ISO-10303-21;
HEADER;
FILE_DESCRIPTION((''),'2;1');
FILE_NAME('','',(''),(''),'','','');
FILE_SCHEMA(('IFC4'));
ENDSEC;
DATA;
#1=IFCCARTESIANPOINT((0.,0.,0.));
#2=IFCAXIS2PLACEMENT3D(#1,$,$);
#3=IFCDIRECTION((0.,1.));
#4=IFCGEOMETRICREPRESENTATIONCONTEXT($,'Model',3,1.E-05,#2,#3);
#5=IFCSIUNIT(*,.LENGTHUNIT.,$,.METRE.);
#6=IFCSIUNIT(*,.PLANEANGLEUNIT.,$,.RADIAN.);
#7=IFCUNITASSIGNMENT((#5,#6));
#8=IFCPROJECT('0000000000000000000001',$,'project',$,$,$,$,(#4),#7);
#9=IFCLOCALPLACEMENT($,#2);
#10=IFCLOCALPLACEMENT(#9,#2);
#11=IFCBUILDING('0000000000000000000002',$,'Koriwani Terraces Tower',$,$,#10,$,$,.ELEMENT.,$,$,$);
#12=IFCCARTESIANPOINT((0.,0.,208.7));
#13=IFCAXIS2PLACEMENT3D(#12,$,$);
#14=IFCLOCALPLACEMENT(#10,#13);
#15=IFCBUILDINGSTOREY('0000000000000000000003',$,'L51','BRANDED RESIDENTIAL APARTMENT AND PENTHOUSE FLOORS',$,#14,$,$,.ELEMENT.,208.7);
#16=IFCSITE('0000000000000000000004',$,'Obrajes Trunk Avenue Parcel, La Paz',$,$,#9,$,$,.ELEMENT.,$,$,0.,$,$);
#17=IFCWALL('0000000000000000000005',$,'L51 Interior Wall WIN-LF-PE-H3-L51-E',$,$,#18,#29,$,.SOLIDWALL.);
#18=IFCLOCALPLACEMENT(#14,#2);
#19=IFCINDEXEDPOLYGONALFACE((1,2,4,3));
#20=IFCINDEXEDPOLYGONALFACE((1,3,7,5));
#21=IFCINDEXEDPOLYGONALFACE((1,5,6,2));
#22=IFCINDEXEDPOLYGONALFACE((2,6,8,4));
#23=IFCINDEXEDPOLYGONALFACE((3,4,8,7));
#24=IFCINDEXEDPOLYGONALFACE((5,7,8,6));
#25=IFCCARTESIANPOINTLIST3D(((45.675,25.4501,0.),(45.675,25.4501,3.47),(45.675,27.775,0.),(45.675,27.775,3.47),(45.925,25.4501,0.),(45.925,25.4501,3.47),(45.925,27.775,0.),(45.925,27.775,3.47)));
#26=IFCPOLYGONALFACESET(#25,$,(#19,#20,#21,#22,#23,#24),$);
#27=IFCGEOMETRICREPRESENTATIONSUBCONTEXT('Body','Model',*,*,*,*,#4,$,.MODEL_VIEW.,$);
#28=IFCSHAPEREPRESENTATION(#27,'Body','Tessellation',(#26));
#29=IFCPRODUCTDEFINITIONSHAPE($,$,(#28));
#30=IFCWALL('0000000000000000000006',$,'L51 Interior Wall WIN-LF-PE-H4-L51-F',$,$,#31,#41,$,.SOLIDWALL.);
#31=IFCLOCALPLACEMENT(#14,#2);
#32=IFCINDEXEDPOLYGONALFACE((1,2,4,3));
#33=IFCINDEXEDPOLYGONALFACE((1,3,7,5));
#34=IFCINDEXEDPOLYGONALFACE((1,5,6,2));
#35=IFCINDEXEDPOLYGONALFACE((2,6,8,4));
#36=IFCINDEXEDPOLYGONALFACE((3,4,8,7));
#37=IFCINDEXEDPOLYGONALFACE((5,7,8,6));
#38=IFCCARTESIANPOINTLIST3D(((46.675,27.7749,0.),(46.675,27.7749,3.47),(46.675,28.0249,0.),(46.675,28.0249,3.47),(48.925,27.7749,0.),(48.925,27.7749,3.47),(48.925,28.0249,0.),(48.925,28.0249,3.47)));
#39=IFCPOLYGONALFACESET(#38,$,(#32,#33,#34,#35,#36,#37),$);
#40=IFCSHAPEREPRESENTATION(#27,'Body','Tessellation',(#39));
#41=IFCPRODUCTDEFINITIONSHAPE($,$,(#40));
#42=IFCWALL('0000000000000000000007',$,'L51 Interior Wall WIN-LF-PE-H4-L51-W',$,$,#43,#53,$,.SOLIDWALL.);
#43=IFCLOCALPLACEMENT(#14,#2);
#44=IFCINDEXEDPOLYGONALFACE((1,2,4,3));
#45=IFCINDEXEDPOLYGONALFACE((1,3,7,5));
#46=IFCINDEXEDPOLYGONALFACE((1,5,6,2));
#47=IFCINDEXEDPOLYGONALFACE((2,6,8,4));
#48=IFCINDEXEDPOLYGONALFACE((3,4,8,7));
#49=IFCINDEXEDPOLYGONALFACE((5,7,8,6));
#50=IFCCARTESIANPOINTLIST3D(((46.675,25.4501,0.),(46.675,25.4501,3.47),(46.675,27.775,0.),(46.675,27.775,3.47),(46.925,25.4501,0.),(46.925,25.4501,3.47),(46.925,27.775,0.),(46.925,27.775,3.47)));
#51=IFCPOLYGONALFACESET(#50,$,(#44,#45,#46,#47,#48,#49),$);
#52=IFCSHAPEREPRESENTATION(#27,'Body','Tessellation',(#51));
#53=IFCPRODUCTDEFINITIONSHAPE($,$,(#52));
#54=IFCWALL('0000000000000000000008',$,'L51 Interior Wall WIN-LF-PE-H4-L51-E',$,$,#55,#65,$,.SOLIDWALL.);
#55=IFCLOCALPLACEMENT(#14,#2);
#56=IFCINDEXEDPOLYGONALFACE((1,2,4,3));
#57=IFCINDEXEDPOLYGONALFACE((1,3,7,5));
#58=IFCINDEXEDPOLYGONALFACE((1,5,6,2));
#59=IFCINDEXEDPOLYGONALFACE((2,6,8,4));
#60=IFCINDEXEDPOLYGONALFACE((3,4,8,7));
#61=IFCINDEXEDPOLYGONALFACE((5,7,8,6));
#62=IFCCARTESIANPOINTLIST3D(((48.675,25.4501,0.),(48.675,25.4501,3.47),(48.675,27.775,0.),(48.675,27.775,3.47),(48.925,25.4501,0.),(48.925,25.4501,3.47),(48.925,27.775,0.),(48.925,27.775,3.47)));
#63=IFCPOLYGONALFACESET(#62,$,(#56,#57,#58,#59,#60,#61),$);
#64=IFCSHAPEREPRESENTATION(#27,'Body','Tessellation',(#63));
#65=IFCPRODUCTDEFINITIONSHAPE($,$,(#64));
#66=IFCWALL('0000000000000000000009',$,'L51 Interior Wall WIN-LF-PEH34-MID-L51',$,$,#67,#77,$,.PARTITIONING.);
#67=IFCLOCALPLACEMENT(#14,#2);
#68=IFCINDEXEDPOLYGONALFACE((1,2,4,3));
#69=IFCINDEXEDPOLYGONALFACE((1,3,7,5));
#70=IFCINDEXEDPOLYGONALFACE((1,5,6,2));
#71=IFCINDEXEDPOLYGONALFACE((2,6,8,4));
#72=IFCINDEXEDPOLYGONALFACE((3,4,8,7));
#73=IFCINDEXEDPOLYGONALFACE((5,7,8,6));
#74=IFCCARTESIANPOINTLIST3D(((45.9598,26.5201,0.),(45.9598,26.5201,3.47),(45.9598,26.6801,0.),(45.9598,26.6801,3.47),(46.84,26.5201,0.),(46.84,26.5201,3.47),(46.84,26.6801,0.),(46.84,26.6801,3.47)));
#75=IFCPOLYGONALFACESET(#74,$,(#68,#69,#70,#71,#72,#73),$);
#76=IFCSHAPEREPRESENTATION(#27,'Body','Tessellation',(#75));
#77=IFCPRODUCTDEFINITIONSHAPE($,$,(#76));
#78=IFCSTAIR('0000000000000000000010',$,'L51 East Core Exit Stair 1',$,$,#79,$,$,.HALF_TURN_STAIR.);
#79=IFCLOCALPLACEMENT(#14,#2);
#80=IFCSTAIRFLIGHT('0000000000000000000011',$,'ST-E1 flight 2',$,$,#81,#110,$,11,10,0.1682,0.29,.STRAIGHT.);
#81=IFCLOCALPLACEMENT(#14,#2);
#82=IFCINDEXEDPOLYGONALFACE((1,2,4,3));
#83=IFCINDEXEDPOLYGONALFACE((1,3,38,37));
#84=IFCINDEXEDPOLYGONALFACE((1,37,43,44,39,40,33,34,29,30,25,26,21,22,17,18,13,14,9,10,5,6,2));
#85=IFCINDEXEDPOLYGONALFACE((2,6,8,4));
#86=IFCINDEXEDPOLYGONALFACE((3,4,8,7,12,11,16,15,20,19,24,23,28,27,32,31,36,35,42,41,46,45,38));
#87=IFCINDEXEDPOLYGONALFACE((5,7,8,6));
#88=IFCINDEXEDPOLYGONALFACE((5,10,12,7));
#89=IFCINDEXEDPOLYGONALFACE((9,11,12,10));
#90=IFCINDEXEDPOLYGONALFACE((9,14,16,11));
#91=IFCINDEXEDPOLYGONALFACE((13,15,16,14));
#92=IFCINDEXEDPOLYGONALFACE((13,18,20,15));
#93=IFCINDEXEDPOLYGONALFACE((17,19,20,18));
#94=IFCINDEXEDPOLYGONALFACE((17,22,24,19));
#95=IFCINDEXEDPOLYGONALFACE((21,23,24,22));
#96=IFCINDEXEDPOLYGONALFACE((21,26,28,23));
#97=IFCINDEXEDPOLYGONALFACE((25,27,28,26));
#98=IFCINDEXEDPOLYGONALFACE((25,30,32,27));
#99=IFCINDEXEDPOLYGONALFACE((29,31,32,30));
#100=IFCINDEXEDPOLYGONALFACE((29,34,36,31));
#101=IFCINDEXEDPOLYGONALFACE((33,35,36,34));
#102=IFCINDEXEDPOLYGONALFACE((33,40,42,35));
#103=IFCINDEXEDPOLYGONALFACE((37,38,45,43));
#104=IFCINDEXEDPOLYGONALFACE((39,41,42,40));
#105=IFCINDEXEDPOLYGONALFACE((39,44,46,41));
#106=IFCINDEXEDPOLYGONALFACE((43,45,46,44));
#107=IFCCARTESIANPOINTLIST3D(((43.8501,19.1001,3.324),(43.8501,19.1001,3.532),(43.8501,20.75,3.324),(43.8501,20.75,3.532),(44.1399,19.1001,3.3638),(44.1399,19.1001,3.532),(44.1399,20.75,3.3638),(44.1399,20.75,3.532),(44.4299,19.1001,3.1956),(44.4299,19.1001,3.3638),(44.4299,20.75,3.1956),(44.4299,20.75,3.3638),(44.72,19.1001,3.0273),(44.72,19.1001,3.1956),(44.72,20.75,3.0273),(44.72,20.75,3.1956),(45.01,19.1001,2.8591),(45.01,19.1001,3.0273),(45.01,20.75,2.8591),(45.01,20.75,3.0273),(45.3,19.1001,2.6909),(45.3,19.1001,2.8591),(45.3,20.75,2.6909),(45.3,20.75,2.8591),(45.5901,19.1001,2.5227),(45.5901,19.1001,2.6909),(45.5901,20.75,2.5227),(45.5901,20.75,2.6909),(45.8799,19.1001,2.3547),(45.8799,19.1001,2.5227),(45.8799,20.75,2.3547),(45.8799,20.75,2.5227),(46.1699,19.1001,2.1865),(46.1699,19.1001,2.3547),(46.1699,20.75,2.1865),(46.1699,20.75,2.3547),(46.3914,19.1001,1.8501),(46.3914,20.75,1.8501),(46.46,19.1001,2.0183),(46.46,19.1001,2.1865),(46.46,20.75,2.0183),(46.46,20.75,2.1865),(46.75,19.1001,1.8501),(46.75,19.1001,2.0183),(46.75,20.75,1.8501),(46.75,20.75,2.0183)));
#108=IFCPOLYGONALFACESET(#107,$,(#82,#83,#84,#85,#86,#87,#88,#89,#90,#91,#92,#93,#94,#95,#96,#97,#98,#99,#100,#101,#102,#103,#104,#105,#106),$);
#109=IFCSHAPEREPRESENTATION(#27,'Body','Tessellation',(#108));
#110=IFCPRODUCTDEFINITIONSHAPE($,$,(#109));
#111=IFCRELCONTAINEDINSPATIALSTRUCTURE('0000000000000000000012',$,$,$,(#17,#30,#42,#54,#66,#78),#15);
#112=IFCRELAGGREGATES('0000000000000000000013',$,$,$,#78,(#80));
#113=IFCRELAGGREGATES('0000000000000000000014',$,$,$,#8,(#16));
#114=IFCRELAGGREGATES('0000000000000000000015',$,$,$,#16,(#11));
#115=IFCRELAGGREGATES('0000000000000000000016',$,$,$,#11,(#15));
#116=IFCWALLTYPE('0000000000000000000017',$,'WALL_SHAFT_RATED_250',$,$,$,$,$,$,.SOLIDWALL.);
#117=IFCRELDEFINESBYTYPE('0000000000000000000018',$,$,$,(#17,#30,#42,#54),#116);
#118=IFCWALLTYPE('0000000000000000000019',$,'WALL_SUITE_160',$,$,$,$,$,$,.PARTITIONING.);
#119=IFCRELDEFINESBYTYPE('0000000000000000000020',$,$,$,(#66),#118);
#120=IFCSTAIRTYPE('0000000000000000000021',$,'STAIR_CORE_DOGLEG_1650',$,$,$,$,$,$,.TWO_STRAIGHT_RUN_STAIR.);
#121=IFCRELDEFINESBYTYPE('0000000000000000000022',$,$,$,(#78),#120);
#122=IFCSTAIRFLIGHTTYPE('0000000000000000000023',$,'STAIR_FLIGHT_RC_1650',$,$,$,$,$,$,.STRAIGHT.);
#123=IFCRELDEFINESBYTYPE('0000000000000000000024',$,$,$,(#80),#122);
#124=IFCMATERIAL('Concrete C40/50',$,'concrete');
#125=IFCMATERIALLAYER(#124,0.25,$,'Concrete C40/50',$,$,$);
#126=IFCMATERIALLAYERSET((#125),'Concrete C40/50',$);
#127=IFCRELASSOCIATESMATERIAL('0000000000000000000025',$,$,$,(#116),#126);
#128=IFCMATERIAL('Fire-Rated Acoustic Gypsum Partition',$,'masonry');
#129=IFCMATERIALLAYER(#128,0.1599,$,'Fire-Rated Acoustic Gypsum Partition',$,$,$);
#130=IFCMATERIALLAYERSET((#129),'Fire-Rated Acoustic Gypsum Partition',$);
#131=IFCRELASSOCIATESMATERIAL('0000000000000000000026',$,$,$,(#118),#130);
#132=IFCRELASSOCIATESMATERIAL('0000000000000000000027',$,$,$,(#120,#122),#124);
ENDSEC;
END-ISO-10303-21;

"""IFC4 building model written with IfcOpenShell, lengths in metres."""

from ifc_helpers import new_model, si_unit, direction, frame, frame_2d, origin, place, context, subcontext, project, spatial, polyline, rectangle, outline, extrude, material, layer, layer_set, type_object, element, aggregate, save


model = new_model("IFC4")

# Units and contexts
model_context = context("Model", 3, precision=1e-05, world=origin(), true_north=direction((0.0, 1.0)))
body_context = subcontext(model_context, "Body", "Model", "MODEL_VIEW")
ifc_project = project(units=[si_unit("LENGTHUNIT", "METRE"), si_unit("PLANEANGLEUNIT", "RADIAN")], contexts=[model_context])

# Site, building, storey
site_placement = place(None, origin())
site = spatial("IfcSite", under=ifc_project, at=site_placement, Name="Obrajes Trunk Avenue Parcel, La Paz", CompositionType="ELEMENT", RefElevation=0.0)
building_placement = place(site_placement, origin())
building = spatial("IfcBuilding", under=site, at=building_placement, Name="Koriwani Terraces Tower", CompositionType="ELEMENT")
storey_placement = place(building_placement, frame((0.0, 0.0, 208.7)))
storey = spatial("IfcBuildingStorey", under=building, at=storey_placement, Name="L51", Description="BRANDED RESIDENTIAL APARTMENT AND PENTHOUSE FLOORS", CompositionType="ELEMENT", Elevation=208.7)

# Shared definitions
ifc_material_1 = material(Name="Concrete C40/50", Category="concrete")
ifc_layer_1 = layer(ifc_material_1, 0.25, Name="Concrete C40/50")
ifc_layer_set_1 = layer_set([ifc_layer_1], Name="Concrete C40/50")
wall_type_1 = type_object("IfcWallType", Name="WALL_SHAFT_RATED_250", PredefinedType="SOLIDWALL", material=ifc_layer_set_1)

# Walls
for number, where, z_axis, x_axis, name in (
    (1, (45.8, 25.45, 0.0), (0.0, 0.0, 1.0), (0.0, 1.0, 0.0), "L51 Interior Wall WIN-LF-PE-H3-L51-E"),
):
    element("IfcWall", number, at=place(storey_placement, frame(where, z_axis=z_axis, x_axis=x_axis)), inside=storey, type_object=wall_type_1, Name=name, PredefinedType="SOLIDWALL", context=body_context, shape_type="SweptSolid", body=[
        extrude(rectangle(XDim=2.325, YDim=0.25, at=frame_2d((1.1626, 0.0))), origin(), (0.0, 0.0, 1.0), 3.47),
    ])
wall_1_placement = place(storey_placement, frame((46.675, 27.8999, 0.0), z_axis=(0.0, 0.0, 1.0), x_axis=(1.0, 0.0, 0.0)))
element("IfcWall", 2, at=wall_1_placement, inside=storey, type_object=wall_type_1, Name="L51 Interior Wall WIN-LF-PE-H4-L51-F", PredefinedType="SOLIDWALL", context=body_context, shape_type="SweptSolid", body=[
    extrude(rectangle(XDim=2.25, YDim=0.25, at=frame_2d((1.125, 0.0))), origin(), (0.0, 0.0, 1.0), 3.47),
])
for number, where, z_axis, x_axis, name in (
    (3, (46.8, 25.45, 0.0), (0.0, 0.0, 1.0), (0.0, 1.0, 0.0), "L51 Interior Wall WIN-LF-PE-H4-L51-W"),
    (4, (48.8, 25.45, 0.0), (0.0, 0.0, 1.0), (0.0, 1.0, 0.0), "L51 Interior Wall WIN-LF-PE-H4-L51-E"),
):
    element("IfcWall", number, at=place(storey_placement, frame(where, z_axis=z_axis, x_axis=x_axis)), inside=storey, type_object=wall_type_1, Name=name, PredefinedType="SOLIDWALL", context=body_context, shape_type="SweptSolid", body=[
        extrude(rectangle(XDim=2.325, YDim=0.25, at=frame_2d((1.1626, 0.0))), origin(), (0.0, 0.0, 1.0), 3.47),
    ])
ifc_material_2 = material(Name="Fire-Rated Acoustic Gypsum Partition", Category="masonry")
ifc_layer_2 = layer(ifc_material_2, 0.1599, Name="Fire-Rated Acoustic Gypsum Partition")
ifc_layer_set_2 = layer_set([ifc_layer_2], Name="Fire-Rated Acoustic Gypsum Partition")
wall_type_2 = type_object("IfcWallType", Name="WALL_SUITE_160", PredefinedType="PARTITIONING", material=ifc_layer_set_2)
wall_2_placement = place(storey_placement, frame((45.96, 26.6001, 0.0), z_axis=(0.0, 0.0, 1.0), x_axis=(1.0, 0.0, 0.0)))
element("IfcWall", 5, at=wall_2_placement, inside=storey, type_object=wall_type_2, Name="L51 Interior Wall WIN-LF-PEH34-MID-L51", PredefinedType="PARTITIONING", context=body_context, shape_type="SweptSolid", body=[
    extrude(rectangle(XDim=0.8801, YDim=0.1599, at=frame_2d((0.4399, 0.0))), origin(), (0.0, 0.0, 1.0), 3.47),
])

# Stair, stair flight
stair_type = type_object("IfcStairType", Name="STAIR_CORE_DOGLEG_1650", PredefinedType="TWO_STRAIGHT_RUN_STAIR", material=ifc_material_1)
stair_placement = place(storey_placement, origin())
stair = element("IfcStair", 6, at=stair_placement, inside=storey, type_object=stair_type, Name="L51 East Core Exit Stair 1", PredefinedType="HALF_TURN_STAIR")
stair_flight_type = type_object("IfcStairFlightType", Name="STAIR_FLIGHT_RC_1650", PredefinedType="STRAIGHT", material=ifc_material_1)
stair_flight_placement = place(storey_placement, frame((46.75, 19.925, 1.8501), z_axis=(0.0, 0.0, 1.0), x_axis=(-1.0, 0.0, 0.0)))
stair_flight = element("IfcStairFlight", 7, at=stair_flight_placement, type_object=stair_flight_type, Name="ST-E1 flight 2", NumberOfRisers=11, NumberOfTreads=10, PredefinedType="STRAIGHT", RiserHeight=0.1682, TreadLength=0.29, context=body_context, shape_type="SweptSolid", body=[
    extrude(outline(polyline([(0.0, 0.0), (0.0, 0.1682), (0.29, 0.1682), (0.29, 0.3364), (0.5801, 0.3364), (0.5801, 0.5046), (0.8701, 0.5046), (0.8701, 0.6726), (1.1599, 0.6726), (1.1599, 0.8408), (1.45, 0.8408), (1.45, 1.009), (1.74, 1.009), (1.74, 1.1772), (2.03, 1.1772), (2.03, 1.3455), (2.3201, 1.3455), (2.3201, 1.5137), (2.6101, 1.5137), (2.6101, 1.6819), (2.8999, 1.6819), (2.8999, 1.8501), (2.8999, 1.4739), (0.3586, 0.0), (0.0, 0.0)])), frame((0.0, 0.825, 0.0), z_axis=(0.0, -1.0, 0.0), x_axis=(1.0, 0.0, 0.0)), (0.0, 0.0, 1.0), 1.6499),
])
aggregate(stair, [stair_flight])

save(model, "model.ifc")
